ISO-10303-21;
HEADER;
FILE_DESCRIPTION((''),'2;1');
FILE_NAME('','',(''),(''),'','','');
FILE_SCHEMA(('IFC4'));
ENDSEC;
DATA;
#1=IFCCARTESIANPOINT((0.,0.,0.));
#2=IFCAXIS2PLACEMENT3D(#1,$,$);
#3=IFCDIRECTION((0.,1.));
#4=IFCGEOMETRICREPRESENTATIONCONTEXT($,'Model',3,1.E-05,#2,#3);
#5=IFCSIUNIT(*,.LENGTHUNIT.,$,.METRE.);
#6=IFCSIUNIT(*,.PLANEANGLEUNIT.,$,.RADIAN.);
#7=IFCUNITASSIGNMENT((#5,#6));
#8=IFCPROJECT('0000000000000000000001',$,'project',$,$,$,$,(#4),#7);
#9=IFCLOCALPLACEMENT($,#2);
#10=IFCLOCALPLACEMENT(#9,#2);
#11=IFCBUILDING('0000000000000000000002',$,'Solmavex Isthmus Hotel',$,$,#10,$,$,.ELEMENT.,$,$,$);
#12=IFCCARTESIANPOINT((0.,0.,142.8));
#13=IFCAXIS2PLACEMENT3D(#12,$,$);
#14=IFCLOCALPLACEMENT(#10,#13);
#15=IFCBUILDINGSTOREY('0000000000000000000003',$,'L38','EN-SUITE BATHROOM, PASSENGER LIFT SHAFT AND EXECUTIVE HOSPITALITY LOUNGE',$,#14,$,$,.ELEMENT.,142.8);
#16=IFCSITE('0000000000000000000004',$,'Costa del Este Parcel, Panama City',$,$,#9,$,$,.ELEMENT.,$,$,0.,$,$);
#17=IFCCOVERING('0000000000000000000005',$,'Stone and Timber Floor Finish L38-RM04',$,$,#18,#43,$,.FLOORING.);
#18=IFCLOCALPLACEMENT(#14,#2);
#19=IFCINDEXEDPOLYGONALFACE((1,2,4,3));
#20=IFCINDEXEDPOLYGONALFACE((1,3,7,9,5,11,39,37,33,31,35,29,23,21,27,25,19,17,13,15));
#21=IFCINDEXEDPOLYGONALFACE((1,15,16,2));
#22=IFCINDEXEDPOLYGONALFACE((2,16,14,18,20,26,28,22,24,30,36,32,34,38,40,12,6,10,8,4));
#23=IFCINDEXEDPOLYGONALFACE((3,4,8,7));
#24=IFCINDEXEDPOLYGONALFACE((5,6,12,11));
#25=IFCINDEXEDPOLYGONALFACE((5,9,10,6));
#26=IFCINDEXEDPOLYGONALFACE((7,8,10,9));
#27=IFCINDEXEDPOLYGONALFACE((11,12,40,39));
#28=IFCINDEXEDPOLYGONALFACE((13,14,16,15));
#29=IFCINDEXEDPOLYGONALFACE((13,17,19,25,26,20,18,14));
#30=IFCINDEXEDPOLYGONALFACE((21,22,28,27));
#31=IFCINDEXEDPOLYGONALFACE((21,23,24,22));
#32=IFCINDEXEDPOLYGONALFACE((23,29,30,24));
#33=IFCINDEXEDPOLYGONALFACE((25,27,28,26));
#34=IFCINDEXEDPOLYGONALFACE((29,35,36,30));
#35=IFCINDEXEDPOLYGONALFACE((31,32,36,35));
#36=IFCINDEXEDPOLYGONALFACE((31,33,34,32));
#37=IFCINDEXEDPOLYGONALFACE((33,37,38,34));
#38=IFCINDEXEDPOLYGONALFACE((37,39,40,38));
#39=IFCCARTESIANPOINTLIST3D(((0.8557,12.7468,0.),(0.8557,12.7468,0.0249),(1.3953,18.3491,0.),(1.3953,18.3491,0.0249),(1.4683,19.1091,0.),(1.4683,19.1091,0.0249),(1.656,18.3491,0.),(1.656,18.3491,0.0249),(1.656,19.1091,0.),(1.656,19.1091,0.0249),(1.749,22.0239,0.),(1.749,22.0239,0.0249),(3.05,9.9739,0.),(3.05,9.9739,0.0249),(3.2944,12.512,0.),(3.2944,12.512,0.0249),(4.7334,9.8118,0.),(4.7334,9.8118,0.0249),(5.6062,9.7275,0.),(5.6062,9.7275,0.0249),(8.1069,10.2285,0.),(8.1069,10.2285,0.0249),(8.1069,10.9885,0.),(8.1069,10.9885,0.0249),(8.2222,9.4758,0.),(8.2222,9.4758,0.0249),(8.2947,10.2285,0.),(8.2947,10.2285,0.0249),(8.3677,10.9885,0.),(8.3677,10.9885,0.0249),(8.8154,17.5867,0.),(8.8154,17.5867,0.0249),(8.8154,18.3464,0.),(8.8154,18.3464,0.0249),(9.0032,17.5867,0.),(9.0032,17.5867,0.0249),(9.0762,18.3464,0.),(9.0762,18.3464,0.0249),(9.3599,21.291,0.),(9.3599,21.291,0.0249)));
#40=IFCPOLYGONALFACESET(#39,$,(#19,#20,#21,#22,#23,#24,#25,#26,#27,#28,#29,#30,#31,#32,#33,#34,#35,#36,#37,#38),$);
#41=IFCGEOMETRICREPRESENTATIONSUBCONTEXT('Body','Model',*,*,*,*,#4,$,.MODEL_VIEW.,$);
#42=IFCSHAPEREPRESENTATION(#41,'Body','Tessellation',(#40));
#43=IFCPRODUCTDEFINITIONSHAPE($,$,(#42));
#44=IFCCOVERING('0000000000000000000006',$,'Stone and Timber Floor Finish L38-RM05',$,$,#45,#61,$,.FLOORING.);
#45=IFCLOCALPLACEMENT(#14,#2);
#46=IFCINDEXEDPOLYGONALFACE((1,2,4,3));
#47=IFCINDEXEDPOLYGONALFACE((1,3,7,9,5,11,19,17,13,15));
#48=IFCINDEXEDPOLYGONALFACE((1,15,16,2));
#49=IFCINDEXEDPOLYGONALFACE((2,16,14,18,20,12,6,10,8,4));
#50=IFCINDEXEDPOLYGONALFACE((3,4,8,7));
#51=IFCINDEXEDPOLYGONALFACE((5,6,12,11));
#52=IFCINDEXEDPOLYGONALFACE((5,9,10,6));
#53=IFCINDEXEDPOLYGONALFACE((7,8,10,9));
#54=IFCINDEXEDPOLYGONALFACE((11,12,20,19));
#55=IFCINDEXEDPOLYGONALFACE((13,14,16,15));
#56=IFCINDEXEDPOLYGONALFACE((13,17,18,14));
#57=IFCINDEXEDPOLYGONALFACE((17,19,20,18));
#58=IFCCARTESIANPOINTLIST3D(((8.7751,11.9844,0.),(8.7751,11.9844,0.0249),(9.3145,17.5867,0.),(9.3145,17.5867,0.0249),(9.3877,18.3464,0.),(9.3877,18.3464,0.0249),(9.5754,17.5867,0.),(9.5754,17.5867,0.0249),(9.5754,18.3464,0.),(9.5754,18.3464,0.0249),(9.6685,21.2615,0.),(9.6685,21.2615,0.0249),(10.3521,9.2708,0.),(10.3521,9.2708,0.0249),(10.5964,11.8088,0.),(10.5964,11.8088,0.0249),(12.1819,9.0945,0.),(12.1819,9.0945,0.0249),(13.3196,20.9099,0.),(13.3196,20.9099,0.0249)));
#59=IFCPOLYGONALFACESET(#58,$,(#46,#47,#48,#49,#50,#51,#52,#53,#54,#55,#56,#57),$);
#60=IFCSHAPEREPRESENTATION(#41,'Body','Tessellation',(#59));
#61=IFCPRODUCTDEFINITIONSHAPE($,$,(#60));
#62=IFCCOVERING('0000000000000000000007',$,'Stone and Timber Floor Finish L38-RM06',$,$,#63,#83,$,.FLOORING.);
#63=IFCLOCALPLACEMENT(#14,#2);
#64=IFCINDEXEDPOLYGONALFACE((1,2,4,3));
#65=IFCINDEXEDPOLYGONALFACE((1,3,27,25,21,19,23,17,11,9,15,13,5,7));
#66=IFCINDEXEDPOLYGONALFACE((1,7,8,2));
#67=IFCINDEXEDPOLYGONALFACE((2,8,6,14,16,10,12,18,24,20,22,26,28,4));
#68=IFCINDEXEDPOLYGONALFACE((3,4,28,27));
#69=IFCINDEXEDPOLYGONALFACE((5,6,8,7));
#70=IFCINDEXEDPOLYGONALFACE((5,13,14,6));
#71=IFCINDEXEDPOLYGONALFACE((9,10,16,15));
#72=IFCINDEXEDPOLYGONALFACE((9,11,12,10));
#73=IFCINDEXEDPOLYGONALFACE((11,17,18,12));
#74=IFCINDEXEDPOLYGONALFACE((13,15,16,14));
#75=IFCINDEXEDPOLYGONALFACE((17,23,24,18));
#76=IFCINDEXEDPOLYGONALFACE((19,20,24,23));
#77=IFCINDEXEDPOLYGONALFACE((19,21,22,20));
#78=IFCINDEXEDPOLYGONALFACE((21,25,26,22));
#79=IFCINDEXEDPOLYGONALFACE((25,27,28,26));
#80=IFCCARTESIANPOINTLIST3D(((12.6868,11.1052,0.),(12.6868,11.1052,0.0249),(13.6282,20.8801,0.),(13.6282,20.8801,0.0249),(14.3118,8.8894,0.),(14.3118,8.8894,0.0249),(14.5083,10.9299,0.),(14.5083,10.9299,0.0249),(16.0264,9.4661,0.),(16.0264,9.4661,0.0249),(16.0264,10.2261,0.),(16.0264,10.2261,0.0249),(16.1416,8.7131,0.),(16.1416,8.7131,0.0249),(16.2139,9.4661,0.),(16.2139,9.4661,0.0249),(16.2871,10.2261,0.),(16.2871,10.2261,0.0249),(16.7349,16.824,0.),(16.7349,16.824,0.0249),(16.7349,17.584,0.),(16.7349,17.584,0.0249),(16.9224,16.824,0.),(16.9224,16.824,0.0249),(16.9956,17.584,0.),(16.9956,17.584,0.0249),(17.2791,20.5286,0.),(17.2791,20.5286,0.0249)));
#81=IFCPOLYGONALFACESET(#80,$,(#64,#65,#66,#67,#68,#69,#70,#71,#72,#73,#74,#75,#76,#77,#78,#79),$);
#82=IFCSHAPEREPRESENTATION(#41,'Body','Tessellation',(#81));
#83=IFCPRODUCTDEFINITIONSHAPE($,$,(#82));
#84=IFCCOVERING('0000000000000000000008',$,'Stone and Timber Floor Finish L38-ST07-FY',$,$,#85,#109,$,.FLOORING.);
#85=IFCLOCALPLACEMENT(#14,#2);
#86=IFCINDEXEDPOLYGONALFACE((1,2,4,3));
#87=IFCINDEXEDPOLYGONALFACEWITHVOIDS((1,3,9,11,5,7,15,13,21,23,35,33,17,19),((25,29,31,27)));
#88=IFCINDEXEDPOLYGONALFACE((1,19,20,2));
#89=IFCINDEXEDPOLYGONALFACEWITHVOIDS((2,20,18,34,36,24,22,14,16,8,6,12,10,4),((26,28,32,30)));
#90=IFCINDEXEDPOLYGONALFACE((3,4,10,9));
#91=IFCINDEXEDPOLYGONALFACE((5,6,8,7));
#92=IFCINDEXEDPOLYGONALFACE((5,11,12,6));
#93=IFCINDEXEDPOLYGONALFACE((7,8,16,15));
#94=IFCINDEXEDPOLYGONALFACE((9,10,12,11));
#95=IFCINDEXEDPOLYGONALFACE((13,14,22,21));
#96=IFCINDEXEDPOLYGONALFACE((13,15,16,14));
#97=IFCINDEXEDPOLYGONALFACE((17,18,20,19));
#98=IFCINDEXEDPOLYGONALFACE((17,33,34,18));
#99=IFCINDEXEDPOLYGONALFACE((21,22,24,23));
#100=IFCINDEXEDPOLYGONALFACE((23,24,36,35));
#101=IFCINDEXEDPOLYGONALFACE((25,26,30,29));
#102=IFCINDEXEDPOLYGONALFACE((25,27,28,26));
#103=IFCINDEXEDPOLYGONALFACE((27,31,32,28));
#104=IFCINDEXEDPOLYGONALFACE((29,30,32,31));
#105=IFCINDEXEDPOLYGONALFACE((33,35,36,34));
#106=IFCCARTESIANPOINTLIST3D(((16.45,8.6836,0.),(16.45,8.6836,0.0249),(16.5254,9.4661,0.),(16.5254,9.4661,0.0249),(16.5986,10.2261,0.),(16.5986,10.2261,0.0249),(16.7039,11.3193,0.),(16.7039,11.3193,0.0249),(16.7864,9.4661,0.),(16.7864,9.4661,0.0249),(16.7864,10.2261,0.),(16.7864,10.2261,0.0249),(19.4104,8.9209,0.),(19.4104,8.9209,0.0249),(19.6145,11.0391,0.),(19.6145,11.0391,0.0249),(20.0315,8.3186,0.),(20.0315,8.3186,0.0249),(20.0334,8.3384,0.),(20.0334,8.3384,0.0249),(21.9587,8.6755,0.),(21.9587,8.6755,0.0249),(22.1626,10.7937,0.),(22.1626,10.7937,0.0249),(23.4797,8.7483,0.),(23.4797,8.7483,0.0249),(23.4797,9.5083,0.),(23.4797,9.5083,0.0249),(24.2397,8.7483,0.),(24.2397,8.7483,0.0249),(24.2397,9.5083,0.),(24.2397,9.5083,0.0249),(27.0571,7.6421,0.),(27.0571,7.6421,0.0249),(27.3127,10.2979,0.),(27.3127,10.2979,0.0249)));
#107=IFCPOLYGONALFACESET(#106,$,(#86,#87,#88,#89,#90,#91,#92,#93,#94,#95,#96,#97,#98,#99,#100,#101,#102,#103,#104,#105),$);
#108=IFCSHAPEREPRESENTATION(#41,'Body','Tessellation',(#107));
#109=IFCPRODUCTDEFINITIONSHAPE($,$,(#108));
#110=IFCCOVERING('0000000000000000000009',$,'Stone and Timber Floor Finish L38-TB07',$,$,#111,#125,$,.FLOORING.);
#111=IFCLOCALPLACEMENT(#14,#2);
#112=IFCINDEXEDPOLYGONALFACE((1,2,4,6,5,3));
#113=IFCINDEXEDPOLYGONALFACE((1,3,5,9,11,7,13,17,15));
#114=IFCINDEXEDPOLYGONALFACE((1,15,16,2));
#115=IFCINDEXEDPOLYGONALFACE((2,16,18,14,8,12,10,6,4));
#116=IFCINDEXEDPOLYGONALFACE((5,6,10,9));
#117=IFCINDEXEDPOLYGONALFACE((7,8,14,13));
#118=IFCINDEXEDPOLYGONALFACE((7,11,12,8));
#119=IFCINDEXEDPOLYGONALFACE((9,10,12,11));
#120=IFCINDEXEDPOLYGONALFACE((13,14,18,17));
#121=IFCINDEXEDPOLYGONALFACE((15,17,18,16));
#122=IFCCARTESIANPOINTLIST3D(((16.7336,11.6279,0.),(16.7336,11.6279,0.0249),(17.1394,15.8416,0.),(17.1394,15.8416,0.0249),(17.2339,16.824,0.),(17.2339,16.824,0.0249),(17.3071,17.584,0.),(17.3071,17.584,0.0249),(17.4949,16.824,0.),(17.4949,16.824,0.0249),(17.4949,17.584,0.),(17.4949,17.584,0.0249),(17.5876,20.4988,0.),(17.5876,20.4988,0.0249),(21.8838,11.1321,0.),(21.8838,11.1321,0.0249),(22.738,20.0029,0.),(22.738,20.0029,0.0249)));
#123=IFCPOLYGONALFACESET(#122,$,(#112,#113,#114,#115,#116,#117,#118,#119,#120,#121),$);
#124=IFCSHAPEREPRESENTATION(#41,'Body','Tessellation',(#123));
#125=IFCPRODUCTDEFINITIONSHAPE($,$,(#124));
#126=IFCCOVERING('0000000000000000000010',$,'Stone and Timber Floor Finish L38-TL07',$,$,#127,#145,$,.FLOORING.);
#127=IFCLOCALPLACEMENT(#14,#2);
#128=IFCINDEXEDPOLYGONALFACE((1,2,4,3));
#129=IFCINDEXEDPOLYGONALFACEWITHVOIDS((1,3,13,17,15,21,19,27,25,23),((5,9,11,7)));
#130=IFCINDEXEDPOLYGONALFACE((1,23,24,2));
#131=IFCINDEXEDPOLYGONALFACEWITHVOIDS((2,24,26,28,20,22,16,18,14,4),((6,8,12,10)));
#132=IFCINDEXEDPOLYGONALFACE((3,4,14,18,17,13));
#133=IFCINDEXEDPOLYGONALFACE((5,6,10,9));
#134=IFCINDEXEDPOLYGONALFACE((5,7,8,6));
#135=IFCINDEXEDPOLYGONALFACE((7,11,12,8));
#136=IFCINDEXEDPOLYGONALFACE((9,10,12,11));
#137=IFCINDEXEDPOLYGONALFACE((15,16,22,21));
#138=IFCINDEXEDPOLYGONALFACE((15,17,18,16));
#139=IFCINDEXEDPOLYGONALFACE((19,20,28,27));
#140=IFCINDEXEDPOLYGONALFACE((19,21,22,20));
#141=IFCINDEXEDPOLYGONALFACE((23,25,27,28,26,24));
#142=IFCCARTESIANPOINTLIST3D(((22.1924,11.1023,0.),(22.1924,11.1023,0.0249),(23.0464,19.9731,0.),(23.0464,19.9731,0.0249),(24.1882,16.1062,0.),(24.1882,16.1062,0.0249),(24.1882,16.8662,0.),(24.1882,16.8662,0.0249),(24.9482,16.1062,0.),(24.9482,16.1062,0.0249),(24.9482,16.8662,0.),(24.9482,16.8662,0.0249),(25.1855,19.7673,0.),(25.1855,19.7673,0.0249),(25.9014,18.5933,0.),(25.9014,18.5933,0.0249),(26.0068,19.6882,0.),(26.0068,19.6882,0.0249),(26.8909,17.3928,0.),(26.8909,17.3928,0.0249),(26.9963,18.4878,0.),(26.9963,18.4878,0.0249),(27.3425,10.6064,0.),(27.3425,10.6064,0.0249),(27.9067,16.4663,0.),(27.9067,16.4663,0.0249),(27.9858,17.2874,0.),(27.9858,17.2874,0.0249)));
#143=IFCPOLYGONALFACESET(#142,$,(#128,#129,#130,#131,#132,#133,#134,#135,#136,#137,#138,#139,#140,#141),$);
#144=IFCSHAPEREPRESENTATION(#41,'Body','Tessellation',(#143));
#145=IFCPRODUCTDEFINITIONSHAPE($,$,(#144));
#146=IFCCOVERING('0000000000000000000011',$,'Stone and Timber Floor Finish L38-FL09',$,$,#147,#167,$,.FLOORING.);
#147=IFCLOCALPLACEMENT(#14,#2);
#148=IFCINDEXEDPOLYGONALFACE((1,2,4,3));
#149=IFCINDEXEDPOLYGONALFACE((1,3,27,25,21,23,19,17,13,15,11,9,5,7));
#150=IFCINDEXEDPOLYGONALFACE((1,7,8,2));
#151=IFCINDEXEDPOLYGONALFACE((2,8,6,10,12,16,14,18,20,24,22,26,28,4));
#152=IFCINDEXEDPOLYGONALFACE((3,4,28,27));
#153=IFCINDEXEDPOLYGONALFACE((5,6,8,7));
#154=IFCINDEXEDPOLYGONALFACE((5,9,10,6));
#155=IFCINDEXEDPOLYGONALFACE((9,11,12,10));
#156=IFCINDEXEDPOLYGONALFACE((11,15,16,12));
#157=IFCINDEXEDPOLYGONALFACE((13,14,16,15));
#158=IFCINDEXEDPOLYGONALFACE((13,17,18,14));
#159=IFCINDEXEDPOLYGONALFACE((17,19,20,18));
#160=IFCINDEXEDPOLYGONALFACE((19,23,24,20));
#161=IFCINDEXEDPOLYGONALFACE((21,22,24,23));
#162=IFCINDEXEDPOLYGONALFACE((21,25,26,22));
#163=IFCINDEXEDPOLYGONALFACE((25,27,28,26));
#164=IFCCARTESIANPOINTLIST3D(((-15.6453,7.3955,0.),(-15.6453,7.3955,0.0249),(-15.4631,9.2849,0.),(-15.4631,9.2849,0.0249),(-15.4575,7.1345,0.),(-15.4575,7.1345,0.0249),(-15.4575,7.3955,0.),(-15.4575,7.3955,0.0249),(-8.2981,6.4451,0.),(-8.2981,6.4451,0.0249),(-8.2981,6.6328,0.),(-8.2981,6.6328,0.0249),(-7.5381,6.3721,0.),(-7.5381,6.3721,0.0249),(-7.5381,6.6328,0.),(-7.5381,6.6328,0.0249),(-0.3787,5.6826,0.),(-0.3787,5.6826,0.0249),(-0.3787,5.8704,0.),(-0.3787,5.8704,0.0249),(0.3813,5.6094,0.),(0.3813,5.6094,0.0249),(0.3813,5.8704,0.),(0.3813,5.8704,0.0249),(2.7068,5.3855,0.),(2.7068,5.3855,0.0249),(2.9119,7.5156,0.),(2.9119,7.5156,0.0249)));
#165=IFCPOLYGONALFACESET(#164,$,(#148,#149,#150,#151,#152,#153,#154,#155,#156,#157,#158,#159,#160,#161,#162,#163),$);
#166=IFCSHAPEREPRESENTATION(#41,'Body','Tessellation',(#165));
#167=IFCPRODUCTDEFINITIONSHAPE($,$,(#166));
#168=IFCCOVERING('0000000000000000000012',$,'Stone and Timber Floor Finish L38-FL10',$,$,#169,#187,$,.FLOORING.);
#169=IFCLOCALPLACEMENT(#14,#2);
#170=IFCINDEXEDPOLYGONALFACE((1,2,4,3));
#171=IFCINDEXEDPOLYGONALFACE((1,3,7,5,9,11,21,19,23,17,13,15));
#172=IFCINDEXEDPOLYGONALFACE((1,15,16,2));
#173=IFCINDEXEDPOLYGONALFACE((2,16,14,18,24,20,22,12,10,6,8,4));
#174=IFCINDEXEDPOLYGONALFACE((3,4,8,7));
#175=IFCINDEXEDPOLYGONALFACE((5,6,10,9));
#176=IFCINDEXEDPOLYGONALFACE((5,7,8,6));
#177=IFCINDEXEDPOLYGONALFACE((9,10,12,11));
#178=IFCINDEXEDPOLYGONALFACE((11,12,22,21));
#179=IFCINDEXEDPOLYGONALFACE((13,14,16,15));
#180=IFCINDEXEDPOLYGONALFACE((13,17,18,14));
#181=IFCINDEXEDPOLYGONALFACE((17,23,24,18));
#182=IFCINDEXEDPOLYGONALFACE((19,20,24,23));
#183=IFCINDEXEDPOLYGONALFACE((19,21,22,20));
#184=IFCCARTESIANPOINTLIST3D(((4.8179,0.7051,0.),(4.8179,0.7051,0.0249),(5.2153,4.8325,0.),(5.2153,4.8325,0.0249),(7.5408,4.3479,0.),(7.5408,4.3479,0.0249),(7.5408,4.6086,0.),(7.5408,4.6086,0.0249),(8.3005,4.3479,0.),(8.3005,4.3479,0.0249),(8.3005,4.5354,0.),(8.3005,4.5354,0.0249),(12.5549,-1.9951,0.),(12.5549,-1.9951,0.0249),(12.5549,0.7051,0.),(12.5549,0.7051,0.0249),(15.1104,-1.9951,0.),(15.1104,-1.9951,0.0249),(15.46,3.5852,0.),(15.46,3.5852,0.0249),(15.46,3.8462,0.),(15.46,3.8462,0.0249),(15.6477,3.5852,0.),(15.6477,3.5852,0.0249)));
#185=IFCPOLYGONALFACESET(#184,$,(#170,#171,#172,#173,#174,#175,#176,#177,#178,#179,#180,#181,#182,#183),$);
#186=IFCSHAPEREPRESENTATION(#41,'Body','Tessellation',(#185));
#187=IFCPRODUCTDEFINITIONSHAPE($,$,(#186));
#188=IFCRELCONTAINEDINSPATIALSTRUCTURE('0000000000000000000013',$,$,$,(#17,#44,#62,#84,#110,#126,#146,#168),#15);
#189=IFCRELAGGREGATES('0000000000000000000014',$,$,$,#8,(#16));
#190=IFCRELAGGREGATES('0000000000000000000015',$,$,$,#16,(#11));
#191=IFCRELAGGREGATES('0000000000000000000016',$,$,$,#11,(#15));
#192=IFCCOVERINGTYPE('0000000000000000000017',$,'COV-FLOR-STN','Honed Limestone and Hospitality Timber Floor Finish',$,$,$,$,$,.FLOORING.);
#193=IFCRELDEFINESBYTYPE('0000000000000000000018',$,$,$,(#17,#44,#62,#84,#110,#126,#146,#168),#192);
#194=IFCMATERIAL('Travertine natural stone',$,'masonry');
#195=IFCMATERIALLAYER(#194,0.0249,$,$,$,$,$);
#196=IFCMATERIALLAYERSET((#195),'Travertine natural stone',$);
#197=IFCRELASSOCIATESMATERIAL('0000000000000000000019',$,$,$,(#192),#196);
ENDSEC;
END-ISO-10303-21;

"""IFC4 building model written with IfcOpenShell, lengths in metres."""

from ifc_helpers import new_model, si_unit, direction, frame, origin, place, context, subcontext, project, spatial, polyline, outline, extrude, material, layer, layer_set, type_object, element, save


model = new_model("IFC4")

# Units and contexts
model_context = context("Model", 3, precision=1e-05, world=origin(), true_north=direction((0.0, 1.0)))
body_context = subcontext(model_context, "Body", "Model", "MODEL_VIEW")
ifc_project = project(units=[si_unit("LENGTHUNIT", "METRE"), si_unit("PLANEANGLEUNIT", "RADIAN")], contexts=[model_context])

# Site, building, storey
site_placement = place(None, origin())
site = spatial("IfcSite", under=ifc_project, at=site_placement, Name="Costa del Este Parcel, Panama City", CompositionType="ELEMENT", RefElevation=0.0)
building_placement = place(site_placement, origin())
building = spatial("IfcBuilding", under=site, at=building_placement, Name="Solmavex Isthmus Hotel", CompositionType="ELEMENT")
storey_placement = place(building_placement, frame((0.0, 0.0, 142.8)))
storey = spatial("IfcBuildingStorey", under=building, at=storey_placement, Name="L38", Description="EN-SUITE BATHROOM, PASSENGER LIFT SHAFT AND EXECUTIVE HOSPITALITY LOUNGE", CompositionType="ELEMENT", Elevation=142.8)

# Coverings
ifc_material_1 = material(Name="Travertine natural stone", Category="masonry")
ifc_layer_1 = layer(ifc_material_1, 0.0249)
ifc_layer_set_1 = layer_set([ifc_layer_1], Name="Travertine natural stone")
covering_type_1 = type_object("IfcCoveringType", Name="COV-FLOR-STN", Description="Honed Limestone and Hospitality Timber Floor Finish", PredefinedType="FLOORING", material=ifc_layer_set_1)
covering_1_placement = place(storey_placement, origin())
element("IfcCovering", 1, at=covering_1_placement, inside=storey, type_object=covering_type_1, Name="Stone and Timber Floor Finish L38-RM04", PredefinedType="FLOORING", context=body_context, shape_type="SweptSolid", body=[
    extrude(outline(polyline([(1.4683, 19.1091), (1.656, 19.1091), (1.656, 18.3491), (1.3953, 18.3491), (0.8557, 12.7468), (3.2944, 12.512), (3.05, 9.9739), (4.7334, 9.8118), (5.6062, 9.7275), (8.2222, 9.4758), (8.2947, 10.2285), (8.1069, 10.2285), (8.1069, 10.9885), (8.3677, 10.9885), (9.0032, 17.5867), (8.8154, 17.5867), (8.8154, 18.3464), (9.0762, 18.3464), (9.3599, 21.291), (1.749, 22.0239), (1.4683, 19.1091)])), origin(), (0.0, 0.0, 1.0), 0.0249),
])
covering_2_placement = place(storey_placement, origin())
element("IfcCovering", 2, at=covering_2_placement, inside=storey, type_object=covering_type_1, Name="Stone and Timber Floor Finish L38-RM05", PredefinedType="FLOORING", context=body_context, shape_type="SweptSolid", body=[
    extrude(outline(polyline([(9.3877, 18.3464), (9.5754, 18.3464), (9.5754, 17.5867), (9.3145, 17.5867), (8.7751, 11.9844), (10.5964, 11.8088), (10.3521, 9.2708), (12.1819, 9.0945), (13.3196, 20.9099), (9.6685, 21.2615), (9.3877, 18.3464)])), origin(), (0.0, 0.0, 1.0), 0.0249),
])
covering_3_placement = place(storey_placement, origin())
element("IfcCovering", 3, at=covering_3_placement, inside=storey, type_object=covering_type_1, Name="Stone and Timber Floor Finish L38-RM06", PredefinedType="FLOORING", context=body_context, shape_type="SweptSolid", body=[
    extrude(outline(polyline([(16.9224, 16.824), (16.7349, 16.824), (16.7349, 17.584), (16.9956, 17.584), (17.2791, 20.5286), (13.6282, 20.8801), (12.6868, 11.1052), (14.5083, 10.9299), (14.3118, 8.8894), (16.1416, 8.7131), (16.2139, 9.4661), (16.0264, 9.4661), (16.0264, 10.2261), (16.2871, 10.2261), (16.9224, 16.824)])), origin(), (0.0, 0.0, 1.0), 0.0249),
])
covering_4_placement = place(storey_placement, origin())
element("IfcCovering", 4, at=covering_4_placement, inside=storey, type_object=covering_type_1, Name="Stone and Timber Floor Finish L38-ST07-FY", PredefinedType="FLOORING", context=body_context, shape_type="SweptSolid", body=[
    extrude(outline(polyline([(19.6145, 11.0391), (16.7039, 11.3193), (16.5986, 10.2261), (16.7864, 10.2261), (16.7864, 9.4661), (16.5254, 9.4661), (16.45, 8.6836), (20.0334, 8.3384), (20.0315, 8.3186), (27.0571, 7.6421), (27.3127, 10.2979), (22.1626, 10.7937), (21.9587, 8.6755), (19.4104, 8.9209), (19.6145, 11.0391)]), holes=[polyline([(23.4797, 8.7483), (23.4797, 9.5083), (24.2397, 9.5083), (24.2397, 8.7483), (23.4797, 8.7483)])]), origin(), (0.0, 0.0, 1.0), 0.0249),
])
covering_5_placement = place(storey_placement, origin())
element("IfcCovering", 5, at=covering_5_placement, inside=storey, type_object=covering_type_1, Name="Stone and Timber Floor Finish L38-TB07", PredefinedType="FLOORING", context=body_context, shape_type="SweptSolid", body=[
    extrude(outline(polyline([(17.3071, 17.584), (17.4949, 17.584), (17.4949, 16.824), (17.2339, 16.824), (17.1394, 15.8416), (16.7336, 11.6279), (21.8838, 11.1321), (22.738, 20.0029), (17.5876, 20.4988), (17.3071, 17.584)])), origin(), (0.0, 0.0, 1.0), 0.0249),
])
covering_6_placement = place(storey_placement, origin())
element("IfcCovering", 6, at=covering_6_placement, inside=storey, type_object=covering_type_1, Name="Stone and Timber Floor Finish L38-TL07", PredefinedType="FLOORING", context=body_context, shape_type="SweptSolid", body=[
    extrude(outline(polyline([(26.0068, 19.6882), (25.1855, 19.7673), (23.0464, 19.9731), (22.1924, 11.1023), (27.3425, 10.6064), (27.9067, 16.4663), (27.9858, 17.2874), (26.8909, 17.3928), (26.9963, 18.4878), (25.9014, 18.5933), (26.0068, 19.6882)]), holes=[polyline([(24.1882, 16.1062), (24.1882, 16.8662), (24.9482, 16.8662), (24.9482, 16.1062), (24.1882, 16.1062)])]), origin(), (0.0, 0.0, 1.0), 0.0249),
])
covering_7_placement = place(storey_placement, origin())
element("IfcCovering", 7, at=covering_7_placement, inside=storey, type_object=covering_type_1, Name="Stone and Timber Floor Finish L38-FL09", PredefinedType="FLOORING", context=body_context, shape_type="SweptSolid", body=[
    extrude(outline(polyline([(-0.3787, 5.6826), (-0.3787, 5.8704), (0.3813, 5.8704), (0.3813, 5.6094), (2.7068, 5.3855), (2.9119, 7.5156), (-15.4631, 9.2849), (-15.6453, 7.3955), (-15.4575, 7.3955), (-15.4575, 7.1345), (-8.2981, 6.4451), (-8.2981, 6.6328), (-7.5381, 6.6328), (-7.5381, 6.3721), (-0.3787, 5.6826)])), origin(), (0.0, 0.0, 1.0), 0.0249),
])
covering_8_placement = place(storey_placement, origin())
element("IfcCovering", 8, at=covering_8_placement, inside=storey, type_object=covering_type_1, Name="Stone and Timber Floor Finish L38-FL10", PredefinedType="FLOORING", context=body_context, shape_type="SweptSolid", body=[
    extrude(outline(polyline([(8.3005, 4.5354), (8.3005, 4.3479), (7.5408, 4.3479), (7.5408, 4.6086), (5.2153, 4.8325), (4.8179, 0.7051), (12.5549, 0.7051), (12.5549, -1.9951), (15.1104, -1.9951), (15.6477, 3.5852), (15.46, 3.5852), (15.46, 3.8462), (8.3005, 4.5354)])), origin(), (0.0, 0.0, 1.0), 0.0249),
])

save(model, "model.ifc")
